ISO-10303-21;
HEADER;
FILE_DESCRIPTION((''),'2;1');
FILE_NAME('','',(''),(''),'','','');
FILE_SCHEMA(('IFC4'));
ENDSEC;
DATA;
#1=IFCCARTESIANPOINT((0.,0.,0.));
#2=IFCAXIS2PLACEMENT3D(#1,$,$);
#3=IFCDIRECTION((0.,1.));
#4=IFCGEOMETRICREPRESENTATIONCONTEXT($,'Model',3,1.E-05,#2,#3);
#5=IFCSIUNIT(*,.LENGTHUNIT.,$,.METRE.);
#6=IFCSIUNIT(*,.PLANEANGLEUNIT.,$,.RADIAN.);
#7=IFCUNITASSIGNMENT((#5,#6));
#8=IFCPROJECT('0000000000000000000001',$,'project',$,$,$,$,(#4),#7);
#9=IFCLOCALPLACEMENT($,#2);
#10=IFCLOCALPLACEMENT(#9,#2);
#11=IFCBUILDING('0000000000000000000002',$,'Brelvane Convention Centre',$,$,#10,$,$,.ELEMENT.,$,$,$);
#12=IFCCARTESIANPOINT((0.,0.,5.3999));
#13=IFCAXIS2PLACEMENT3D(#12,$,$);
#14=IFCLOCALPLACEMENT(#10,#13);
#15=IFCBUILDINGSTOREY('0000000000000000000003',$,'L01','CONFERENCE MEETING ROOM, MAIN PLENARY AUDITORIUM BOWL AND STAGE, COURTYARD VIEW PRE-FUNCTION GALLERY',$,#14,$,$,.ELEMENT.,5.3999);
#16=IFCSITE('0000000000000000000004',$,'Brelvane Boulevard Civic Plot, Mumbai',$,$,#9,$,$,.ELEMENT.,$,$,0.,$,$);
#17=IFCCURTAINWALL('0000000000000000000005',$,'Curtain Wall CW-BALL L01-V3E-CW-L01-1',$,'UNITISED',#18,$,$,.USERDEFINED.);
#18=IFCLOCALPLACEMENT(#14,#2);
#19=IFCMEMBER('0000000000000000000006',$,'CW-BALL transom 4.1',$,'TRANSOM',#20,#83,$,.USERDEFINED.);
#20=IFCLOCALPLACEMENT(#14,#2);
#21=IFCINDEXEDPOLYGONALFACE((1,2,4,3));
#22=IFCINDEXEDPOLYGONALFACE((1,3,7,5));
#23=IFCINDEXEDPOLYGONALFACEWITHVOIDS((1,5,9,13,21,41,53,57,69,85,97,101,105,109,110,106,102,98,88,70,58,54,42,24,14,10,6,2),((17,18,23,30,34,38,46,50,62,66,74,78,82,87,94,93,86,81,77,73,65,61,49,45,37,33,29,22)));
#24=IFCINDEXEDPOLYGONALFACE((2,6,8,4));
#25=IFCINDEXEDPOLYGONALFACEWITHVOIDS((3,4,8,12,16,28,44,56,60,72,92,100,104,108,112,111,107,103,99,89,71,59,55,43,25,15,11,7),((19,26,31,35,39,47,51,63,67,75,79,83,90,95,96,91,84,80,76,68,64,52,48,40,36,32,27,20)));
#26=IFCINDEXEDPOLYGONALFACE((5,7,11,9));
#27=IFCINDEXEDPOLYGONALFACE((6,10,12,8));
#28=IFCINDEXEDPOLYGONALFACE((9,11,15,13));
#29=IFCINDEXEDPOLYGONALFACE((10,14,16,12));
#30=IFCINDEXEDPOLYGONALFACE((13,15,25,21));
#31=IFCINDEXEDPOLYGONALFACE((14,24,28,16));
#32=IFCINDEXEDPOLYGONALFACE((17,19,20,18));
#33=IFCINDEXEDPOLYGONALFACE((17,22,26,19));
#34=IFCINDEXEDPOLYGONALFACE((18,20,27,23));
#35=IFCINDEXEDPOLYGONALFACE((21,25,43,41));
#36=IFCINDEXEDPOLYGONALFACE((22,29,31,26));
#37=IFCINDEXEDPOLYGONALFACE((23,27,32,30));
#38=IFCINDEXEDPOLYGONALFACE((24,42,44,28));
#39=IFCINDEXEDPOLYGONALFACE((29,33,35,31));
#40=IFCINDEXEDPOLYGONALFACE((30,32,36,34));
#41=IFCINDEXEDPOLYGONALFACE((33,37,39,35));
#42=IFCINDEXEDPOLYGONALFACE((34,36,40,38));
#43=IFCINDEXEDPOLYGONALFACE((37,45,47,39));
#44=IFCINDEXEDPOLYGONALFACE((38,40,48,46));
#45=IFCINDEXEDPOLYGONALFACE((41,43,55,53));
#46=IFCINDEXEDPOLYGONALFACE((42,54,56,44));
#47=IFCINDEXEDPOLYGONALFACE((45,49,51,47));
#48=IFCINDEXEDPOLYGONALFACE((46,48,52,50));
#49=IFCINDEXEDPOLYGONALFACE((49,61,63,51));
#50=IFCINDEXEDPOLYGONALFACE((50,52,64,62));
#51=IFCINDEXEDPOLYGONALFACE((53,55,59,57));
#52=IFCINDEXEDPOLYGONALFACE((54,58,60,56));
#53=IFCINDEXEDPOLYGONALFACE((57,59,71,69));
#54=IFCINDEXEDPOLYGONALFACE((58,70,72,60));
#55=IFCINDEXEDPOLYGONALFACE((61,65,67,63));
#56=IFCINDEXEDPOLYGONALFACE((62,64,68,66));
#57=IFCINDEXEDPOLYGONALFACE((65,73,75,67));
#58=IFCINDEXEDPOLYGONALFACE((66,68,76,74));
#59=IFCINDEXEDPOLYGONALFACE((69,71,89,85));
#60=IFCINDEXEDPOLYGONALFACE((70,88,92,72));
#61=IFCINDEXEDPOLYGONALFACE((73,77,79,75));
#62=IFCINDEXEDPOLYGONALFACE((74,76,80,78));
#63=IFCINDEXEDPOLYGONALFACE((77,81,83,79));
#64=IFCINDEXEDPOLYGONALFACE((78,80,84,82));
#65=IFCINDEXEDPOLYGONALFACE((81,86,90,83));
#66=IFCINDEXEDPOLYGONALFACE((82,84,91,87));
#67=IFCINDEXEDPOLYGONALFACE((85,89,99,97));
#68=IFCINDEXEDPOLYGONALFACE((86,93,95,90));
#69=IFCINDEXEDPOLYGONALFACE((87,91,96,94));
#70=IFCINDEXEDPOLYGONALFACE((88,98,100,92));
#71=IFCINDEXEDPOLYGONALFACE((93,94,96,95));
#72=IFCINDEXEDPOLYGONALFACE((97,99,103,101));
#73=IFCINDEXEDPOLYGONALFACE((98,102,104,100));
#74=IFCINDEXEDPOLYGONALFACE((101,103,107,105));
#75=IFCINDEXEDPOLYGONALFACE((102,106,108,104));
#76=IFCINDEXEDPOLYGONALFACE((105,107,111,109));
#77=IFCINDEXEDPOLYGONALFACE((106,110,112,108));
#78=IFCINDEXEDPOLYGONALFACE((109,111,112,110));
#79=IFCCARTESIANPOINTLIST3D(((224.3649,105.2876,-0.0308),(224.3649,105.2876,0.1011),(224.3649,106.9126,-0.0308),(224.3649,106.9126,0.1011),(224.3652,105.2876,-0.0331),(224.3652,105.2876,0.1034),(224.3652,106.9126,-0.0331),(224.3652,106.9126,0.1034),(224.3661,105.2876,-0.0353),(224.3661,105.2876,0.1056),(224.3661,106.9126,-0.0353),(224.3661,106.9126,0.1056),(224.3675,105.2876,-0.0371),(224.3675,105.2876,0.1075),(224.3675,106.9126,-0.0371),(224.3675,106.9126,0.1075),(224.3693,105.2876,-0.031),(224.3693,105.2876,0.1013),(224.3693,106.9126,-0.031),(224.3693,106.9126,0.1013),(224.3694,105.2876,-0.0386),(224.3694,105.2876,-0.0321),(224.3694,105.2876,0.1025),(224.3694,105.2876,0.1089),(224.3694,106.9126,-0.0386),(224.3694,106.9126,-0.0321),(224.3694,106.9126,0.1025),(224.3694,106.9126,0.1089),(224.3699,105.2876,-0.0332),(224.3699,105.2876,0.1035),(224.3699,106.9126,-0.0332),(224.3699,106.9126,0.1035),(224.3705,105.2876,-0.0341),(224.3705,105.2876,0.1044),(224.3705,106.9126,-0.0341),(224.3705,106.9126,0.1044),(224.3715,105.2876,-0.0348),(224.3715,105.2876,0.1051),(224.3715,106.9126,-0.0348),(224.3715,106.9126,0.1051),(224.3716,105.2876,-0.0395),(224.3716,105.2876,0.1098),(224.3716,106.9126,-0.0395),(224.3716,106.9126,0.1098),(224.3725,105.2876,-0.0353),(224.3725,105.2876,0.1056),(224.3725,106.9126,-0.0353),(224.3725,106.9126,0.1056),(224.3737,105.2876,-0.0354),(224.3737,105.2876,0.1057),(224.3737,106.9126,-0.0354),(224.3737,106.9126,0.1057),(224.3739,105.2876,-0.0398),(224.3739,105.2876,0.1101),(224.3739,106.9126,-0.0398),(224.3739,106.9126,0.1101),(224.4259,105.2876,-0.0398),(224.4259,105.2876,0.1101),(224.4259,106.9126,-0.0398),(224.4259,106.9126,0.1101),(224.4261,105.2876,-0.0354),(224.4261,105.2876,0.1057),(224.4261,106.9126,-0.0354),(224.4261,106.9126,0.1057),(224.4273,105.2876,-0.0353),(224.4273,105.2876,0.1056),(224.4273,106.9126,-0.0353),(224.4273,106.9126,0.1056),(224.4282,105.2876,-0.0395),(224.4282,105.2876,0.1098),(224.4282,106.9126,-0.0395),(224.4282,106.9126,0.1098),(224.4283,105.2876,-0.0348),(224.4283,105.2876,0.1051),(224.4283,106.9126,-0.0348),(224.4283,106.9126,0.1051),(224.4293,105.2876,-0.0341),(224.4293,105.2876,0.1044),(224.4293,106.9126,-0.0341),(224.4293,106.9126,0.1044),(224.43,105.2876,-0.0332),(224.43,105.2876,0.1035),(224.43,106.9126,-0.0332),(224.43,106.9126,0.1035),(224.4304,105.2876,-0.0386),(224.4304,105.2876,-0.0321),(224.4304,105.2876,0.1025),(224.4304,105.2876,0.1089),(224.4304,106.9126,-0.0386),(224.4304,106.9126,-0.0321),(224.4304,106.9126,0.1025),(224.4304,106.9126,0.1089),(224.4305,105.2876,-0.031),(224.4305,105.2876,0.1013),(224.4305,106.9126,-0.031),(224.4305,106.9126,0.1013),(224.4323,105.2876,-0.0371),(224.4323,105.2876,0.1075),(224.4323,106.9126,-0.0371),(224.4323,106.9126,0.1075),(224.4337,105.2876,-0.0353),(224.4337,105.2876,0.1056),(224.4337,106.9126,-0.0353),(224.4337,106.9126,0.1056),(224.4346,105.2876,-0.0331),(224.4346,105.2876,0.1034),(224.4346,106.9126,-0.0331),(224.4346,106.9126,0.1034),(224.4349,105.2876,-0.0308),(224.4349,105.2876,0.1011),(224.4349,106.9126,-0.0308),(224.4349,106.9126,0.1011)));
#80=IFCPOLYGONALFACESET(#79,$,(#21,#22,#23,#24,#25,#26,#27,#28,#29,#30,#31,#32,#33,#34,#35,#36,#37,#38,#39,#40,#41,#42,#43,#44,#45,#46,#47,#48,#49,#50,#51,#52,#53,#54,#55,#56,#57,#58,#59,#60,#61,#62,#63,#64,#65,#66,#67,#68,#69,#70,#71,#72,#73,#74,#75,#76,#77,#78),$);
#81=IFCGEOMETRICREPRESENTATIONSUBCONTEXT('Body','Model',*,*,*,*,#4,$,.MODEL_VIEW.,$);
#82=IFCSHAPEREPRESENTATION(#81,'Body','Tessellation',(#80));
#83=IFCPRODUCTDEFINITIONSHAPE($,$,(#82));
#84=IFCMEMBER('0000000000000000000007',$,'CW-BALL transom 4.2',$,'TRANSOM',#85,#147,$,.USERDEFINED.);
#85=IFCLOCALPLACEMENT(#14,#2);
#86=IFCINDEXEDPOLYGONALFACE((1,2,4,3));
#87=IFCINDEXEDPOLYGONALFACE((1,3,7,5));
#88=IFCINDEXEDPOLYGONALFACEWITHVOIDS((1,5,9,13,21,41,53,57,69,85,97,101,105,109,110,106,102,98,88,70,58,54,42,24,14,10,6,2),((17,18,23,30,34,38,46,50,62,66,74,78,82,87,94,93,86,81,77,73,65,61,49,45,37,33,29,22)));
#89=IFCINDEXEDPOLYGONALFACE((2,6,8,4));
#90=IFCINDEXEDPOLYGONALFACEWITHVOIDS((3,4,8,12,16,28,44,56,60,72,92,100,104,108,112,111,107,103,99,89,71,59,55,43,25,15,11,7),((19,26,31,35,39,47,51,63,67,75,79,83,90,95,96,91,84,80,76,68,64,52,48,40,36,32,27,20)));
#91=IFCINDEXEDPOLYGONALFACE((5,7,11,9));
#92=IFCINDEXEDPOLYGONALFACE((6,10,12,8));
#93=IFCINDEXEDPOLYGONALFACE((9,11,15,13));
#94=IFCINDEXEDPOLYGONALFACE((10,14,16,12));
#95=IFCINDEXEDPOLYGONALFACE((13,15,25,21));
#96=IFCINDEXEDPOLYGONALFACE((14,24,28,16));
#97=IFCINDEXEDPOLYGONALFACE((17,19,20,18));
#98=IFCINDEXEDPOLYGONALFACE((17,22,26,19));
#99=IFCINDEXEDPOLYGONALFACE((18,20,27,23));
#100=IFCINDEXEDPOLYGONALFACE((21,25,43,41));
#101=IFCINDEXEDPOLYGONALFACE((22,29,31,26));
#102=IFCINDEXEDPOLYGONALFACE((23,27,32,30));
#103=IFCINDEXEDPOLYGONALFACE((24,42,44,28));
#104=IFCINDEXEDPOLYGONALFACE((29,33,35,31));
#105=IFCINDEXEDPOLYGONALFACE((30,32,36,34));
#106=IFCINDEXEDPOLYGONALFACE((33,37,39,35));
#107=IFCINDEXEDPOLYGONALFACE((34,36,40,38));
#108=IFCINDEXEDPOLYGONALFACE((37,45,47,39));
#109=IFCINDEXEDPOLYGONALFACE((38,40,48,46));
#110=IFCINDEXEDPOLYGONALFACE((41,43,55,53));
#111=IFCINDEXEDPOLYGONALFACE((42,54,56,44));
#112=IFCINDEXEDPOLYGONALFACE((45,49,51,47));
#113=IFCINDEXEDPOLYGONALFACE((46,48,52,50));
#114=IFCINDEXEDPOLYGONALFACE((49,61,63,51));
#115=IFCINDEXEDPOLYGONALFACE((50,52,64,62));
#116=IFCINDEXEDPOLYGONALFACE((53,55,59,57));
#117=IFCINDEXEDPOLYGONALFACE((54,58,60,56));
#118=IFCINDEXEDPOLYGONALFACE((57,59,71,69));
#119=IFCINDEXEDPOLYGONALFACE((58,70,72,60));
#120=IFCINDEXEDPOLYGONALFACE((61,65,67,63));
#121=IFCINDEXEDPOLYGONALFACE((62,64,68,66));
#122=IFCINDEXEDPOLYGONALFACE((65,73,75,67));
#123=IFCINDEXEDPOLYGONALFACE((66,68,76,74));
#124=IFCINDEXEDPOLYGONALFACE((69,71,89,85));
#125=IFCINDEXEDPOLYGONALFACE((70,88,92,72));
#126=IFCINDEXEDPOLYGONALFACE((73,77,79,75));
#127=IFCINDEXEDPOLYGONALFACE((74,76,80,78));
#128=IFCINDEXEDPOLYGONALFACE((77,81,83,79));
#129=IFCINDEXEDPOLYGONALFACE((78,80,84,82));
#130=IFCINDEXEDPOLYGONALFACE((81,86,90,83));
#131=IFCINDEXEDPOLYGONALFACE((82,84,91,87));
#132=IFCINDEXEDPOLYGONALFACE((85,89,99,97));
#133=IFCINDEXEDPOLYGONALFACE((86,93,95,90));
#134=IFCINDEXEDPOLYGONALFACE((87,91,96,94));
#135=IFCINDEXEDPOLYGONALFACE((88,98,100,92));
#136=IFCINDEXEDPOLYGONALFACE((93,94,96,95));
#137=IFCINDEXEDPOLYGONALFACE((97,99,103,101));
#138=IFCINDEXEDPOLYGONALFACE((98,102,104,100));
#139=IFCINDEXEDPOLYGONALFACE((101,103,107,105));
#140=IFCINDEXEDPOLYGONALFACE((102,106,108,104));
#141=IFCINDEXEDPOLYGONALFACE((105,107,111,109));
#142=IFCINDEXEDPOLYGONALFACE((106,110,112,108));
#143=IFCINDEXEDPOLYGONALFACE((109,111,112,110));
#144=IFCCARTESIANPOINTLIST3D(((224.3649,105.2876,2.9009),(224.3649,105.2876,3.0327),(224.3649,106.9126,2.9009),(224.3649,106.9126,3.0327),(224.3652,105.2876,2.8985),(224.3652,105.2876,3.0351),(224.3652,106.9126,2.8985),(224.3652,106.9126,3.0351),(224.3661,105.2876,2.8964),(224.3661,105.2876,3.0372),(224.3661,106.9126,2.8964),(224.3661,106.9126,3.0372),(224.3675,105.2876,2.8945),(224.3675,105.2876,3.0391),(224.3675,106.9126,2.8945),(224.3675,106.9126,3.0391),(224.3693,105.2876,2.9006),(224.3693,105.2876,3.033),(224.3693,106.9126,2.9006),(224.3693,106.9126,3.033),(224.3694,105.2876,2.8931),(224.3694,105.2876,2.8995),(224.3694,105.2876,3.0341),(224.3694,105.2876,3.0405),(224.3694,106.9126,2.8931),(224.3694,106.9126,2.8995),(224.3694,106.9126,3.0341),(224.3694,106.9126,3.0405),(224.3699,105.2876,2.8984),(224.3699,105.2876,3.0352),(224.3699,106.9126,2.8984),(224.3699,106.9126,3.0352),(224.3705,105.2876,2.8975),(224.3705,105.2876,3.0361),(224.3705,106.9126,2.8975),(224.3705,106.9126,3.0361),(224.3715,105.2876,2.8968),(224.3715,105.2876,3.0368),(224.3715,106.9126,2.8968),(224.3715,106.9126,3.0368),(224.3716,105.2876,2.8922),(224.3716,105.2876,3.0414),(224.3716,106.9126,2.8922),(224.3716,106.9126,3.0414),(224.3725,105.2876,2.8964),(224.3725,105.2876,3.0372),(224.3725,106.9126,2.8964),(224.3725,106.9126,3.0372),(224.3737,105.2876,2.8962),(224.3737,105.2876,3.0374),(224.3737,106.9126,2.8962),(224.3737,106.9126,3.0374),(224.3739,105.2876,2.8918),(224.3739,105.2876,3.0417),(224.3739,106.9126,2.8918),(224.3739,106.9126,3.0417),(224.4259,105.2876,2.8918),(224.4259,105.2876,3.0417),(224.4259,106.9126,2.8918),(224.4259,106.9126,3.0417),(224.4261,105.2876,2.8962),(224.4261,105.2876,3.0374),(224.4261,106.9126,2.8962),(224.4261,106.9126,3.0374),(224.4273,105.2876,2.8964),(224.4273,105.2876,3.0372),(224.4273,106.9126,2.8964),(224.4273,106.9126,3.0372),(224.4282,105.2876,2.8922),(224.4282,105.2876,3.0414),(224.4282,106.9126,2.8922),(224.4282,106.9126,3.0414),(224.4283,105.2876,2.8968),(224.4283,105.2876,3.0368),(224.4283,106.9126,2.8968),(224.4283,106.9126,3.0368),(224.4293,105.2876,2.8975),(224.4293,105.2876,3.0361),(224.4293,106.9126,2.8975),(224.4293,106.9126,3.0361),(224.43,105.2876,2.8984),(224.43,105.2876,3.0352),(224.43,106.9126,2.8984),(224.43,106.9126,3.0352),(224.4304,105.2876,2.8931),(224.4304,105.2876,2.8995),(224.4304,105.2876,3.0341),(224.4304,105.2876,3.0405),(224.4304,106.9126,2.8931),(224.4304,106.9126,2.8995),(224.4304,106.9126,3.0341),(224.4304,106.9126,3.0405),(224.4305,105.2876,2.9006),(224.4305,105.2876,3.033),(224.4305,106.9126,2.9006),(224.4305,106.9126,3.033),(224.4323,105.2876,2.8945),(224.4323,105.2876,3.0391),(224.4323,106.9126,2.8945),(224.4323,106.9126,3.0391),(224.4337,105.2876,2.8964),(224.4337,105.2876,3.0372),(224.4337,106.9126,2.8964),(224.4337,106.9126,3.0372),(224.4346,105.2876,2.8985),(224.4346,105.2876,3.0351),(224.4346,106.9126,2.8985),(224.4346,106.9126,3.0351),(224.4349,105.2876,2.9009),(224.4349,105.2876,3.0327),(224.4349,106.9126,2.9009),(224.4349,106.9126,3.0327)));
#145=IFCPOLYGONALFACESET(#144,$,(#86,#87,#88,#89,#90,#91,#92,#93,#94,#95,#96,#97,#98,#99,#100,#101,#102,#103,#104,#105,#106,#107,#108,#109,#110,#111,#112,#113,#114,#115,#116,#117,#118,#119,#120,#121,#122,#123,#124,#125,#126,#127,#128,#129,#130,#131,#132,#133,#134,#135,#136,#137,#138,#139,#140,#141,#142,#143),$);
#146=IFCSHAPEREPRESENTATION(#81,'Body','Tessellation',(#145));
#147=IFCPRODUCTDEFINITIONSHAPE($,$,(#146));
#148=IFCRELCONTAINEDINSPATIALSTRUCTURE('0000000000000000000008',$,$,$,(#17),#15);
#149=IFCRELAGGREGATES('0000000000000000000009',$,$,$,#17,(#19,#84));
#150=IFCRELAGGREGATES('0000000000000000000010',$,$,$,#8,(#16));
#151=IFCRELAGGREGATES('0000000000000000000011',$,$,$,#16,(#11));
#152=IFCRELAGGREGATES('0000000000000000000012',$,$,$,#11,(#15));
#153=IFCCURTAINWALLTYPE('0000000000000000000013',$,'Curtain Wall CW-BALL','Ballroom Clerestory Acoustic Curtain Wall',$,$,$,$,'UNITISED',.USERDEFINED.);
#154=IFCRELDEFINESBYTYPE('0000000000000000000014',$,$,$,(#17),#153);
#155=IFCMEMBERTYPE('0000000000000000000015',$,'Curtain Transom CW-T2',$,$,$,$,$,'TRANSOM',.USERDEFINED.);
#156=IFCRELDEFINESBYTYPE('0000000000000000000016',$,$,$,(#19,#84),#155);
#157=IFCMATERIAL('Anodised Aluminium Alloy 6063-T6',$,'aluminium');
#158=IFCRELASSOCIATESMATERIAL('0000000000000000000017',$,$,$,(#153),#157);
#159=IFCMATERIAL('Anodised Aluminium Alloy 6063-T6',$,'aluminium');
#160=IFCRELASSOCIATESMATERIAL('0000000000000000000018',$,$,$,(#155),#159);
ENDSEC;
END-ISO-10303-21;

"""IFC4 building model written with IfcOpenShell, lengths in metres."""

from ifc_helpers import new_model, si_unit, direction, frame, origin, origin_2d, place, context, subcontext, project, spatial, hollow_rectangle, extrude, material, material_profile, profile_set, type_object, element, aggregate, save


model = new_model("IFC4")

# Units and contexts
model_context = context("Model", 3, precision=1e-05, world=origin(), true_north=direction((0.0, 1.0)))
body_context = subcontext(model_context, "Body", "Model", "MODEL_VIEW")
ifc_project = project(units=[si_unit("LENGTHUNIT", "METRE"), si_unit("PLANEANGLEUNIT", "RADIAN")], contexts=[model_context])

# Site, building, storey
site_placement = place(None, origin())
site = spatial("IfcSite", under=ifc_project, at=site_placement, Name="Brelvane Boulevard Civic Plot, Mumbai", CompositionType="ELEMENT", RefElevation=0.0)
building_placement = place(site_placement, origin())
building = spatial("IfcBuilding", under=site, at=building_placement, Name="Brelvane Convention Centre", CompositionType="ELEMENT")
storey_placement = place(building_placement, frame((0.0, 0.0, 5.3999)))
storey = spatial("IfcBuildingStorey", under=building, at=storey_placement, Name="L01", Description="CONFERENCE MEETING ROOM, MAIN PLENARY AUDITORIUM BOWL AND STAGE, COURTYARD VIEW PRE-FUNCTION GALLERY", CompositionType="ELEMENT", Elevation=5.3999)

# Curtain wall, members
ifc_material_1 = material(Name="Anodised Aluminium Alloy 6063-T6", Category="aluminium")
curtain_wall_type = type_object("IfcCurtainWallType", Name="Curtain Wall CW-BALL", Description="Ballroom Clerestory Acoustic Curtain Wall", ElementType="UNITISED", PredefinedType="USERDEFINED", material=ifc_material_1)
curtain_wall_placement = place(storey_placement, origin())
curtain_wall = element("IfcCurtainWall", 1, at=curtain_wall_placement, inside=storey, type_object=curtain_wall_type, Name="Curtain Wall CW-BALL L01-V3E-CW-L01-1", ObjectType="UNITISED", PredefinedType="USERDEFINED")
ifc_material_2 = material(Name="Anodised Aluminium Alloy 6063-T6", Category="aluminium")
ifc_material_profile_1 = material_profile(ifc_material_2, hollow_rectangle(XDim=0.0701, YDim=0.1499, WallThickness=0.0044, InnerFilletRadius=0.0044, OuterFilletRadius=0.009, at=origin_2d()), Name="ALU-T 150x70x4.5")
ifc_profile_set_1 = profile_set([ifc_material_profile_1], Name="Anodised Aluminium Alloy 6063-T6")
member_type_1 = type_object("IfcMemberType", Name="Curtain Transom CW-T2", ElementType="TRANSOM", PredefinedType="USERDEFINED", material=ifc_profile_set_1)
member_1_placement = place(storey_placement, frame((224.3999, 105.2876, 0.0352), z_axis=(0.0, 1.0, 0.0), x_axis=(-1.0, 0.0, 0.0)))
member_1 = element("IfcMember", 2, at=member_1_placement, type_object=member_type_1, Name="CW-BALL transom 4.1", ObjectType="TRANSOM", PredefinedType="USERDEFINED", context=body_context, shape_type="SweptSolid", body=[
    extrude(hollow_rectangle(XDim=0.0701, YDim=0.1499, WallThickness=0.0044, InnerFilletRadius=0.0044, OuterFilletRadius=0.009, at=origin_2d()), origin(), (0.0, 0.0, 1.0), 1.625),
])
member_2_placement = place(storey_placement, frame((224.3999, 105.2876, 2.9668), z_axis=(0.0, 1.0, 0.0), x_axis=(-1.0, 0.0, 0.0)))
member_2 = element("IfcMember", 3, at=member_2_placement, type_object=member_type_1, Name="CW-BALL transom 4.2", ObjectType="TRANSOM", PredefinedType="USERDEFINED", context=body_context, shape_type="SweptSolid", body=[
    extrude(hollow_rectangle(XDim=0.0701, YDim=0.1499, WallThickness=0.0044, InnerFilletRadius=0.0044, OuterFilletRadius=0.009, at=origin_2d()), origin(), (0.0, 0.0, 1.0), 1.625),
])

aggregate(curtain_wall, [member_1, member_2])

save(model, "model.ifc")
